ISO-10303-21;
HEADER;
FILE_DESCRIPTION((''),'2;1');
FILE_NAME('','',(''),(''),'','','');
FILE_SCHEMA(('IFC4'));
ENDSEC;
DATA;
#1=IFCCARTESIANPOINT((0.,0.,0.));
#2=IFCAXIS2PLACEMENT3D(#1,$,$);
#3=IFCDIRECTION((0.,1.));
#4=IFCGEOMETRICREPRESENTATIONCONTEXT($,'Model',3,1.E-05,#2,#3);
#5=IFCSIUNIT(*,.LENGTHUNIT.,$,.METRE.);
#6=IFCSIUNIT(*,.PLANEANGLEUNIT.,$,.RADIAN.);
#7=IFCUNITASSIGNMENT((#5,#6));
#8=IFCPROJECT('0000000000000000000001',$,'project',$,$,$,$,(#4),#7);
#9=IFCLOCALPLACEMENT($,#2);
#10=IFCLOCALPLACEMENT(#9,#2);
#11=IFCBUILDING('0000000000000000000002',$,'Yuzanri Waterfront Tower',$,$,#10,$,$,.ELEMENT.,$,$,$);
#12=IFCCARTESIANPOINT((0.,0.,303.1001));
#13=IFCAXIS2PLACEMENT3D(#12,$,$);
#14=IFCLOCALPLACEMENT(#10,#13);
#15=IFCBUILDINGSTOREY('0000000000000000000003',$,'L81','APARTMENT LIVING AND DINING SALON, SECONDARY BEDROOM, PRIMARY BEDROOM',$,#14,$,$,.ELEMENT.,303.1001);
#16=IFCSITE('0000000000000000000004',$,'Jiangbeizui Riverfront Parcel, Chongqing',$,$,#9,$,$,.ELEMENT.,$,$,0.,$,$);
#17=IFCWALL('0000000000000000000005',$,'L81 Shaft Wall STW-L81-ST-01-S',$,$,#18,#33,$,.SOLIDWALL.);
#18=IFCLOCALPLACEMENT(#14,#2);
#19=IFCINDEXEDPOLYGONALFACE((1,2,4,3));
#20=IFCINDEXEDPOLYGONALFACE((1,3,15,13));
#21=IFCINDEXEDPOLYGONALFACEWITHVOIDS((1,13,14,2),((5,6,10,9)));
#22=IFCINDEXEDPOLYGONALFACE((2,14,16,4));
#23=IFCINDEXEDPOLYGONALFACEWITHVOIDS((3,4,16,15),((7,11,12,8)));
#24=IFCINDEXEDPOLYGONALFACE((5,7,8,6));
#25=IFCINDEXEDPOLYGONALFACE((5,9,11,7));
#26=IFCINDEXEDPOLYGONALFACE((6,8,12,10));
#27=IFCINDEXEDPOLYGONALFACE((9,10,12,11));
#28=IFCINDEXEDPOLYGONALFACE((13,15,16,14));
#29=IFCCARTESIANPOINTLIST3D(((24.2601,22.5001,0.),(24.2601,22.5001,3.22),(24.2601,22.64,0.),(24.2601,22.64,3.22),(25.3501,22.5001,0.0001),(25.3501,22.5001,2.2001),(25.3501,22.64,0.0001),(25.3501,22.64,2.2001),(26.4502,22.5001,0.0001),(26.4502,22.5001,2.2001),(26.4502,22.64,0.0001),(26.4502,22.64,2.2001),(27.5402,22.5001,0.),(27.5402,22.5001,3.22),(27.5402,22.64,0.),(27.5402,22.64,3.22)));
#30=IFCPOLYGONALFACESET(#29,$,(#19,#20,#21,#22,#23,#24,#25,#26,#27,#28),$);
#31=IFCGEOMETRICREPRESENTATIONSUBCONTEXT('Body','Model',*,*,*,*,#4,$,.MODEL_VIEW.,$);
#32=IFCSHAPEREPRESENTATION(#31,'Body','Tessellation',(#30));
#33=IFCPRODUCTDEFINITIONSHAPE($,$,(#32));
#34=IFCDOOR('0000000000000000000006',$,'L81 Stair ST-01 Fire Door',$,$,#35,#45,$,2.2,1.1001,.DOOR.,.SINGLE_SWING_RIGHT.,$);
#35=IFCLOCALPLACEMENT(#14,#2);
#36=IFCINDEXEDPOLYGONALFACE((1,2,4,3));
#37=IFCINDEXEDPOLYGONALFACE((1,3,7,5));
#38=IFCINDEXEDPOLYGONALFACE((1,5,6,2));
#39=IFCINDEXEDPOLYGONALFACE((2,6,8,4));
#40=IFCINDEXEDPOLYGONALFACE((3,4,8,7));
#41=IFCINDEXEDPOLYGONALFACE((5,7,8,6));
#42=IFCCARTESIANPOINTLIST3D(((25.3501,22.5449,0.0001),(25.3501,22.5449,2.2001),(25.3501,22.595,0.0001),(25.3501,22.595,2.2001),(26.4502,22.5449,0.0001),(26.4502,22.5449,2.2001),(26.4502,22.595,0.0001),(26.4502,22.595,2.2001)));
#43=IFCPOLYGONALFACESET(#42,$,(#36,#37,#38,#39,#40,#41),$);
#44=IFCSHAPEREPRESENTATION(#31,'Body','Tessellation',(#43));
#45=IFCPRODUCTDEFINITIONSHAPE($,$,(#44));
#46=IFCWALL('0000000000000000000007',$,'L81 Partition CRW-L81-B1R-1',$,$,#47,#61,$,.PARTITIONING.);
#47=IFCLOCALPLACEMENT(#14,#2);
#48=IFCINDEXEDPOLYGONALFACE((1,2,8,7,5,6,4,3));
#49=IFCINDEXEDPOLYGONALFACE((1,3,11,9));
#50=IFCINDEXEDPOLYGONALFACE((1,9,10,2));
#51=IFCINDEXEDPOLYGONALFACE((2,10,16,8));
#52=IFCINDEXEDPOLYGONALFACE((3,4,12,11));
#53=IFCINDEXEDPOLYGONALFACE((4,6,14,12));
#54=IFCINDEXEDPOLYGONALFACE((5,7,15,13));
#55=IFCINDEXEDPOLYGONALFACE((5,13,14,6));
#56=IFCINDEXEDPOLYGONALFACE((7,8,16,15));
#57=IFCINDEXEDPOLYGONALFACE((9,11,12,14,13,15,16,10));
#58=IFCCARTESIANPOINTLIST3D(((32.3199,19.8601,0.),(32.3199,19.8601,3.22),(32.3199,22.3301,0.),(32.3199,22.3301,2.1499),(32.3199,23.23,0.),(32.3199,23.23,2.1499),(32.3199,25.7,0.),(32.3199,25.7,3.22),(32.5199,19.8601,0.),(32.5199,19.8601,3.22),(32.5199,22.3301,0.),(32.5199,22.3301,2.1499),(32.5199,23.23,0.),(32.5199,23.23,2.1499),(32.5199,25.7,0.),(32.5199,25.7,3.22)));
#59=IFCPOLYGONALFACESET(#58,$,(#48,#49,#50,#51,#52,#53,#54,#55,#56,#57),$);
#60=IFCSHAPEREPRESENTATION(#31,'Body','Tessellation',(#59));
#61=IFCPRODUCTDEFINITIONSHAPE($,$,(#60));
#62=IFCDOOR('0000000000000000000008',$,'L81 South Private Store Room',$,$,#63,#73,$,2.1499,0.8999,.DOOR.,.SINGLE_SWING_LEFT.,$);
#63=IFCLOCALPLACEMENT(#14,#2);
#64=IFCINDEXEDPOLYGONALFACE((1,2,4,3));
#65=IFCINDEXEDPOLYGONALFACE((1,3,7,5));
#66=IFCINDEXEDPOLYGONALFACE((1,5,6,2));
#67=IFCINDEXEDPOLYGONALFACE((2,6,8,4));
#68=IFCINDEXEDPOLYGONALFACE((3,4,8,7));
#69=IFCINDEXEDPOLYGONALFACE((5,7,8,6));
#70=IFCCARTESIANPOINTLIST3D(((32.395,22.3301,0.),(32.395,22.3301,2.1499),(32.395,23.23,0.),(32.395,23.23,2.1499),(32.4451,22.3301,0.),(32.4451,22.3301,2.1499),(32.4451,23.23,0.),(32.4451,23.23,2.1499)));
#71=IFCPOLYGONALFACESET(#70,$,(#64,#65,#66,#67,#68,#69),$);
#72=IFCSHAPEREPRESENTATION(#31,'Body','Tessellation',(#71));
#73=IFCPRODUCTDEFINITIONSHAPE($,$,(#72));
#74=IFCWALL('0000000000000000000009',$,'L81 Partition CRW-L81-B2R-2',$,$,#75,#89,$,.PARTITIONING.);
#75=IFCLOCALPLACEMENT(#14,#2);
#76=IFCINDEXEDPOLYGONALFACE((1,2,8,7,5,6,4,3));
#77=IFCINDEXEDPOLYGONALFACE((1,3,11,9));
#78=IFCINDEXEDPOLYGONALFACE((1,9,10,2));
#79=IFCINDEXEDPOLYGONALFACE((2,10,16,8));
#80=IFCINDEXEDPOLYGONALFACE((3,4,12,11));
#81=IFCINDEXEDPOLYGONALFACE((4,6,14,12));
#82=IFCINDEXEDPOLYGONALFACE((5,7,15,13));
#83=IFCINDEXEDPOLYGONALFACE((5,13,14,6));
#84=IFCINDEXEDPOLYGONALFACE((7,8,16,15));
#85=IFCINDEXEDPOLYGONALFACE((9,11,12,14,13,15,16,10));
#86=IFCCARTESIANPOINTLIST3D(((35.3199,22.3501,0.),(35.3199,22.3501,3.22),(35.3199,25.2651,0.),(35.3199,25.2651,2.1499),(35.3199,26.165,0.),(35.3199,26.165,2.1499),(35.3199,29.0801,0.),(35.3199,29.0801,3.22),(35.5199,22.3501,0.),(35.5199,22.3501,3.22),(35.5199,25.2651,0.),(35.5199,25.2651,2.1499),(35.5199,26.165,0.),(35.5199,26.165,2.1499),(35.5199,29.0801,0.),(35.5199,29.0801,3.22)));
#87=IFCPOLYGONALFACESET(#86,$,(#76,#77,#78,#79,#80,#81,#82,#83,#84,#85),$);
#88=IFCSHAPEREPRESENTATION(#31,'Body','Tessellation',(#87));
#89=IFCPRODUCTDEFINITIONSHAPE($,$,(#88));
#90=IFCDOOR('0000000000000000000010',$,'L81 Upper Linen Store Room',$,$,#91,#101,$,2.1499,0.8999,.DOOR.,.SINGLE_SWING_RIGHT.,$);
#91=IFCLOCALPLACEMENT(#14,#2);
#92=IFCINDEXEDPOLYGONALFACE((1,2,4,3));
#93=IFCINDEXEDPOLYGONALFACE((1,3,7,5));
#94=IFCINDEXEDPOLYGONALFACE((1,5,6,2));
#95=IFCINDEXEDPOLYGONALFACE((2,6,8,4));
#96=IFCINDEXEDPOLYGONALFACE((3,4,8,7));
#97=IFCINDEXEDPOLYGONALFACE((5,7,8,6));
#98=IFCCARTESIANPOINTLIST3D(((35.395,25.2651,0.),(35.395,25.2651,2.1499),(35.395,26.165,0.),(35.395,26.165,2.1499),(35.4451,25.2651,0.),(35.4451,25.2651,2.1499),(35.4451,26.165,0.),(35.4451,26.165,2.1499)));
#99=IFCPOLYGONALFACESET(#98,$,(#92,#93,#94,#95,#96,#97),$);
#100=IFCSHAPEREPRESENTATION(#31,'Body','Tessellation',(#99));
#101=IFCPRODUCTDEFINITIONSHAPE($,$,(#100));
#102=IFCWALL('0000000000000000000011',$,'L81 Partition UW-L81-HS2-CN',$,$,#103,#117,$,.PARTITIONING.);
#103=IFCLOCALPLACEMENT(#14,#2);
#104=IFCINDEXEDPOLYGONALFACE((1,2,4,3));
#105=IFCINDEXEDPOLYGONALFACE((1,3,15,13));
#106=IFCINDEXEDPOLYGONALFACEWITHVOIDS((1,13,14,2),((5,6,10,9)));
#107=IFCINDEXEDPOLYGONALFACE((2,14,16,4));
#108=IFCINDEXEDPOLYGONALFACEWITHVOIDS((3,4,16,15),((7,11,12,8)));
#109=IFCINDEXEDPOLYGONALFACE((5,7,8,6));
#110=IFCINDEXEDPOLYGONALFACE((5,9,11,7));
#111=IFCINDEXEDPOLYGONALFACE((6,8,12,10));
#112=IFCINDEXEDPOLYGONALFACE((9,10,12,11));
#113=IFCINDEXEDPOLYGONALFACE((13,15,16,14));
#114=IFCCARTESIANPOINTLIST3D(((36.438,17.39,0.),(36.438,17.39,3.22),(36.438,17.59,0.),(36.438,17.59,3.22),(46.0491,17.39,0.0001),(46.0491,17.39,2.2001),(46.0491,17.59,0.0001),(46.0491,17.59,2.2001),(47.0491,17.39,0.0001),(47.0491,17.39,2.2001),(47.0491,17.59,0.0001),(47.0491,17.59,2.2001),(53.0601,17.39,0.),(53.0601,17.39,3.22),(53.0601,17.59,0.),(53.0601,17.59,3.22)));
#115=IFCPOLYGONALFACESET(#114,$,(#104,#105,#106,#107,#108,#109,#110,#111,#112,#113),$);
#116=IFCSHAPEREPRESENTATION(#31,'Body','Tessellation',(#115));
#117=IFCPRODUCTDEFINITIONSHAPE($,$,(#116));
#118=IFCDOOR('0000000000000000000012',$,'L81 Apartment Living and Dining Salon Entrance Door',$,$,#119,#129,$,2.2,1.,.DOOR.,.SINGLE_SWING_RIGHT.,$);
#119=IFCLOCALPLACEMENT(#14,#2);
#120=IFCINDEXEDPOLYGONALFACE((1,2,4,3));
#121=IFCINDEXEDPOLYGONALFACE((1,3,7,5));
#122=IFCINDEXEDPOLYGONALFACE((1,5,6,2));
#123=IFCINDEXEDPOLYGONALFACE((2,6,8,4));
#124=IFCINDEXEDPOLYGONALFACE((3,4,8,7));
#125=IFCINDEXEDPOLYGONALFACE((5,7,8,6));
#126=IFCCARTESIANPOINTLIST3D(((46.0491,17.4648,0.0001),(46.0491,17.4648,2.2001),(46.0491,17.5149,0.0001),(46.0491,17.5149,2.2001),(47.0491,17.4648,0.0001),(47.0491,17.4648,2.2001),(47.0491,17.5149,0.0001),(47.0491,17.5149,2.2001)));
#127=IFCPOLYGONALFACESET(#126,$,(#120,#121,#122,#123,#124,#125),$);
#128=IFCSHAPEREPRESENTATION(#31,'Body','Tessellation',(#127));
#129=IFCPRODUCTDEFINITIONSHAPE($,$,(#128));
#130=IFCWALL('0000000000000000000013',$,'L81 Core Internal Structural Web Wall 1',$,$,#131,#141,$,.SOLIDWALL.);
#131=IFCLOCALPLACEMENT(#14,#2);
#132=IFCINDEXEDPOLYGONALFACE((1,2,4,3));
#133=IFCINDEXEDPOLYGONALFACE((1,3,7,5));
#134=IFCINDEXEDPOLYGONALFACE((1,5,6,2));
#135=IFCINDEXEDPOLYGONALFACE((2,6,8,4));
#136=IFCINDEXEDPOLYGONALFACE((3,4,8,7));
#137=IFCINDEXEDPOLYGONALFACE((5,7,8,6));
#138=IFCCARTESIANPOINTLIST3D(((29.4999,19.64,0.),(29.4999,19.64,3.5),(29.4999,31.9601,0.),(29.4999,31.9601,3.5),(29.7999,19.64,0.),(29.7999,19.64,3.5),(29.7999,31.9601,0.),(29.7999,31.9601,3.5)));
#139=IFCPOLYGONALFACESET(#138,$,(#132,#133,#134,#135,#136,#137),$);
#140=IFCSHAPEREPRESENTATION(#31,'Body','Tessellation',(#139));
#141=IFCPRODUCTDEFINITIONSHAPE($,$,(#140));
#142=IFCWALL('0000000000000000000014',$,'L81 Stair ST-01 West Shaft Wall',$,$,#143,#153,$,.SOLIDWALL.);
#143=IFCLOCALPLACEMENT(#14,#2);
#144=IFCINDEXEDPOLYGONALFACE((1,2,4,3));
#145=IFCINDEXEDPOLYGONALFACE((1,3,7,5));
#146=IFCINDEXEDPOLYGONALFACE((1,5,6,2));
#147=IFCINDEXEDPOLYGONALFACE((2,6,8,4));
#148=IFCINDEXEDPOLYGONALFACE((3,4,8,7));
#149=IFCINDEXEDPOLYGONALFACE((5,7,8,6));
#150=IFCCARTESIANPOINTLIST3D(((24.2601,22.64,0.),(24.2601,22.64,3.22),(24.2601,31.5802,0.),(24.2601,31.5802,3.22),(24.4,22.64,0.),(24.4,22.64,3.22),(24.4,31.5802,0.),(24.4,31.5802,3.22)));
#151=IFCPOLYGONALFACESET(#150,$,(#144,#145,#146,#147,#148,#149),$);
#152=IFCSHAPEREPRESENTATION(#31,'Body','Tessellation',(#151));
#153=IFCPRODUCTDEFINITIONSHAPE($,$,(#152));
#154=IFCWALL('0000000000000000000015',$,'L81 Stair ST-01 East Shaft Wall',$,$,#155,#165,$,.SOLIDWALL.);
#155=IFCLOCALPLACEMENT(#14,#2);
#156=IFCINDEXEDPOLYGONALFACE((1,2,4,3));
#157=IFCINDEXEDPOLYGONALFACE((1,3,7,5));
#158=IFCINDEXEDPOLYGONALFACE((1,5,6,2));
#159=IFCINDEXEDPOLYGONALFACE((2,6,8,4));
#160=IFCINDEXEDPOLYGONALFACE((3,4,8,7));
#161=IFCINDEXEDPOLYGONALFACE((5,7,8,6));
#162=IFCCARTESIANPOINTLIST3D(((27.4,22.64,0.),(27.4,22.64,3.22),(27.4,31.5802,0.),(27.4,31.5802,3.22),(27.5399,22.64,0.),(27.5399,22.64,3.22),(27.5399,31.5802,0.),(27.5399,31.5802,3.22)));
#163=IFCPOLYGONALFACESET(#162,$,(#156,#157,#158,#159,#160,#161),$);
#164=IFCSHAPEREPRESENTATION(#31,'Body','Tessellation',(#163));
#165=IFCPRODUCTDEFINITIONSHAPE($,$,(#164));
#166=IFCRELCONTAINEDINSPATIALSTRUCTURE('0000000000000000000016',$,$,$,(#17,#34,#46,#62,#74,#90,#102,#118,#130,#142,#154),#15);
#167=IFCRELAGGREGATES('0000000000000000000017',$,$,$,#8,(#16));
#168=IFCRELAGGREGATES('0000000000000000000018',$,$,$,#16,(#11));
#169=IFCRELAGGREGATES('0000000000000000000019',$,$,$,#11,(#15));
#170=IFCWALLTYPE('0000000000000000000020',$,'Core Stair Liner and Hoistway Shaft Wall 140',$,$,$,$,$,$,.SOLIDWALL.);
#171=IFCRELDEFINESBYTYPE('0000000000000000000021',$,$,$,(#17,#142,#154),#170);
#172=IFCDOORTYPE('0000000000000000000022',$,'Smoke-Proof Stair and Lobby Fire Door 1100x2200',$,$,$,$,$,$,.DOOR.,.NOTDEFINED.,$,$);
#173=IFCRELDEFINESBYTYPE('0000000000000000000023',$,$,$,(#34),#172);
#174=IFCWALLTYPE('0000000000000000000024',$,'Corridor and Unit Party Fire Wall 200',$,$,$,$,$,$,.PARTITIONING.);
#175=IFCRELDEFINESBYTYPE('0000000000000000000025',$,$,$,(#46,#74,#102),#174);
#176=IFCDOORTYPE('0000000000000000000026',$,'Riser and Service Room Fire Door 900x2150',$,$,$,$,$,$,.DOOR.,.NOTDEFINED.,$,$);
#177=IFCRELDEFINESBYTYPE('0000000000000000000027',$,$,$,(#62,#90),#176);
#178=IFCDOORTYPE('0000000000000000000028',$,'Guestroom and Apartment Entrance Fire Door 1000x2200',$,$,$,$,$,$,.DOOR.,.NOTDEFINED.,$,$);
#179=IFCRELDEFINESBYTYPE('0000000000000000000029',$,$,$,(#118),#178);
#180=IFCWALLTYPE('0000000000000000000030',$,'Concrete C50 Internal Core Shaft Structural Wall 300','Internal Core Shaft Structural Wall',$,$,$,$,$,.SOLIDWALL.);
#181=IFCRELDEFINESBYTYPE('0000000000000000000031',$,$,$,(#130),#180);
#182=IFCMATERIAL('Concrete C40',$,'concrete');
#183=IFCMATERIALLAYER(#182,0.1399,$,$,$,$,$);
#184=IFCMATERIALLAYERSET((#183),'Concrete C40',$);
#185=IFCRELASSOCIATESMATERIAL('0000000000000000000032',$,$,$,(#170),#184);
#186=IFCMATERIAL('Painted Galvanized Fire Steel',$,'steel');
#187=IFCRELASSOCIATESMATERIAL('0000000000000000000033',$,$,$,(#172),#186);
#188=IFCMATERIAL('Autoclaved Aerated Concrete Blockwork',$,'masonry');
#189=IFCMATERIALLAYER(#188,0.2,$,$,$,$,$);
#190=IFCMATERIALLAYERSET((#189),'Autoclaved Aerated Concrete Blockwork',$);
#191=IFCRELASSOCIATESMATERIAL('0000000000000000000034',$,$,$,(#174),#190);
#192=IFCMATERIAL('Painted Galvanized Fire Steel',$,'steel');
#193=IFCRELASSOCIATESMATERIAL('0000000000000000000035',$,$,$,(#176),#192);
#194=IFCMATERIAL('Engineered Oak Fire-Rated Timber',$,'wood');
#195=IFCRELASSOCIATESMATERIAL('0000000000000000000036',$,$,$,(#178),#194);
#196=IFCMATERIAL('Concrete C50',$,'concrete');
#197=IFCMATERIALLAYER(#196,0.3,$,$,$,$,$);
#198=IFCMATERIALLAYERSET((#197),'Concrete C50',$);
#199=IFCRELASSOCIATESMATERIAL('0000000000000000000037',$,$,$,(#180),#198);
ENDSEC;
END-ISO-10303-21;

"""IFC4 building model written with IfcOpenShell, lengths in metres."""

from ifc_helpers import new_model, si_unit, direction, frame, frame_2d, origin, place, context, subcontext, project, spatial, rectangle, extrude, source, transform, mapped, material, layer, layer_set, type_object, element, fill, save


model = new_model("IFC4")

# Units and contexts
model_context = context("Model", 3, precision=1e-05, world=origin(), true_north=direction((0.0, 1.0)))
body_context = subcontext(model_context, "Body", "Model", "MODEL_VIEW")
ifc_project = project(units=[si_unit("LENGTHUNIT", "METRE"), si_unit("PLANEANGLEUNIT", "RADIAN")], contexts=[model_context])

# Site, building, storey
site_placement = place(None, origin())
site = spatial("IfcSite", under=ifc_project, at=site_placement, Name="Jiangbeizui Riverfront Parcel, Chongqing", CompositionType="ELEMENT", RefElevation=0.0)
building_placement = place(site_placement, origin())
building = spatial("IfcBuilding", under=site, at=building_placement, Name="Yuzanri Waterfront Tower", CompositionType="ELEMENT")
storey_placement = place(building_placement, frame((0.0, 0.0, 303.1001)))
storey = spatial("IfcBuildingStorey", under=building, at=storey_placement, Name="L81", Description="APARTMENT LIVING AND DINING SALON, SECONDARY BEDROOM, PRIMARY BEDROOM", CompositionType="ELEMENT", Elevation=303.1001)

# Walls, openings, doors
ifc_material_1 = material(Name="Concrete C40", Category="concrete")
ifc_layer_1 = layer(ifc_material_1, 0.1399)
ifc_layer_set_1 = layer_set([ifc_layer_1], Name="Concrete C40")
wall_type_1 = type_object("IfcWallType", Name="Core Stair Liner and Hoistway Shaft Wall 140", PredefinedType="SOLIDWALL", material=ifc_layer_set_1)
wall_1_placement = place(storey_placement, frame((24.26, 22.5701, 0.0), z_axis=(0.0, 0.0, 1.0), x_axis=(1.0, 0.0, 0.0)))
wall_1 = element("IfcWall", 1, at=wall_1_placement, inside=storey, type_object=wall_type_1, Name="L81 Shaft Wall STW-L81-ST-01-S", PredefinedType="SOLIDWALL", context=body_context, shape_type="SweptSolid", body=[
    extrude(rectangle(XDim=3.28, YDim=0.1399, at=frame_2d((1.6401, 0.0))), origin(), (0.0, 0.0, 1.0), 3.22),
])
opening_1_placement = place(wall_1_placement, frame((1.0901, 0.0, 0.0)))
opening_1 = element("IfcOpeningElement", 2, at=opening_1_placement, cuts=wall_1, PredefinedType="OPENING", context=body_context, shape_type="SweptSolid", body=[
    extrude(rectangle(XDim=1.1001, YDim=2.2, at=frame_2d((0.55, 1.1001))), frame((0.0, 0.085, 0.0), z_axis=(0.0, -1.0, 0.0), x_axis=(1.0, 0.0, 0.0)), (0.0, 0.0, 1.0), 0.1697),
])
ifc_material_2 = material(Name="Painted Galvanized Fire Steel", Category="steel")
door_type_1 = type_object("IfcDoorType", Name="Smoke-Proof Stair and Lobby Fire Door 1100x2200", OperationType="NOTDEFINED", PredefinedType="DOOR", material=ifc_material_2)
shared_shape_1 = source(origin(), body_context, "Body", "SweptSolid", [
    extrude(rectangle(XDim=1.1001, YDim=2.2, at=frame_2d((0.55, 1.1001))), frame((0.0, 0.0249, 0.0), z_axis=(0.0, -1.0, 0.0), x_axis=(1.0, 0.0, 0.0)), (0.0, 0.0, 1.0), 0.05),
])
door_1_placement = place(opening_1_placement, origin())
door_1 = element("IfcDoor", 3, at=door_1_placement, inside=storey, type_object=door_type_1, Name="L81 Stair ST-01 Fire Door", OperationType="SINGLE_SWING_RIGHT", OverallHeight=2.2, OverallWidth=1.1001, PredefinedType="DOOR", context=body_context, shape_type="MappedRepresentation", body=[
    mapped(shared_shape_1, transform((0.0, 0.0, 0.0), scale=1.0)),
])
fill(opening_1, door_1)
ifc_material_3 = material(Name="Autoclaved Aerated Concrete Blockwork", Category="masonry")
ifc_layer_2 = layer(ifc_material_3, 0.2)
ifc_layer_set_2 = layer_set([ifc_layer_2], Name="Autoclaved Aerated Concrete Blockwork")
wall_type_2 = type_object("IfcWallType", Name="Corridor and Unit Party Fire Wall 200", PredefinedType="PARTITIONING", material=ifc_layer_set_2)
wall_2_placement = place(storey_placement, frame((32.4199, 19.8601, 0.0), z_axis=(0.0, 0.0, 1.0), x_axis=(0.0, 1.0, 0.0)))
wall_2 = element("IfcWall", 4, at=wall_2_placement, inside=storey, type_object=wall_type_2, Name="L81 Partition CRW-L81-B1R-1", PredefinedType="PARTITIONING", context=body_context, shape_type="SweptSolid", body=[
    extrude(rectangle(XDim=5.8398, YDim=0.2, at=frame_2d((2.9199, 0.0))), origin(), (0.0, 0.0, 1.0), 3.22),
])
opening_2_placement = place(wall_2_placement, frame((2.47, 0.0, 0.0)))
opening_2 = element("IfcOpeningElement", 5, at=opening_2_placement, cuts=wall_2, PredefinedType="OPENING", context=body_context, shape_type="SweptSolid", body=[
    extrude(rectangle(XDim=0.8999, YDim=2.1499, at=frame_2d((0.45, 1.075))), frame((0.0, 0.1147, 0.0), z_axis=(0.0, -1.0, 0.0), x_axis=(1.0, 0.0, 0.0)), (0.0, 0.0, 1.0), 0.2297),
])
ifc_material_4 = material(Name="Painted Galvanized Fire Steel", Category="steel")
door_type_2 = type_object("IfcDoorType", Name="Riser and Service Room Fire Door 900x2150", OperationType="NOTDEFINED", PredefinedType="DOOR", material=ifc_material_4)
shared_shape_2 = source(origin(), body_context, "Body", "SweptSolid", [
    extrude(rectangle(XDim=0.8999, YDim=2.1499, at=frame_2d((0.45, 1.075))), frame((0.0, 0.0249, 0.0), z_axis=(0.0, -1.0, 0.0), x_axis=(1.0, 0.0, 0.0)), (0.0, 0.0, 1.0), 0.05),
])
door_2_placement = place(opening_2_placement, origin())
door_2 = element("IfcDoor", 6, at=door_2_placement, inside=storey, type_object=door_type_2, Name="L81 South Private Store Room", OperationType="SINGLE_SWING_LEFT", OverallHeight=2.1499, OverallWidth=0.8999, PredefinedType="DOOR", context=body_context, shape_type="MappedRepresentation", body=[
    mapped(shared_shape_2, transform((0.0, 0.0, 0.0), scale=1.0)),
])
fill(opening_2, door_2)
wall_3_placement = place(storey_placement, frame((35.4199, 22.3501, 0.0), z_axis=(0.0, 0.0, 1.0), x_axis=(0.0, 1.0, 0.0)))
wall_3 = element("IfcWall", 7, at=wall_3_placement, inside=storey, type_object=wall_type_2, Name="L81 Partition CRW-L81-B2R-2", PredefinedType="PARTITIONING", context=body_context, shape_type="SweptSolid", body=[
    extrude(rectangle(XDim=6.73, YDim=0.2, at=frame_2d((3.365, 0.0))), origin(), (0.0, 0.0, 1.0), 3.22),
])
opening_3_placement = place(wall_3_placement, frame((2.915, 0.0, 0.0)))
opening_3 = element("IfcOpeningElement", 8, at=opening_3_placement, cuts=wall_3, PredefinedType="OPENING", context=body_context, shape_type="SweptSolid", body=[
    extrude(rectangle(XDim=0.8999, YDim=2.1499, at=frame_2d((0.45, 1.075))), frame((0.0, 0.1147, 0.0), z_axis=(0.0, -1.0, 0.0), x_axis=(1.0, 0.0, 0.0)), (0.0, 0.0, 1.0), 0.2297),
])
door_3_placement = place(opening_3_placement, origin())
door_3 = element("IfcDoor", 9, at=door_3_placement, inside=storey, type_object=door_type_2, Name="L81 Upper Linen Store Room", OperationType="SINGLE_SWING_RIGHT", OverallHeight=2.1499, OverallWidth=0.8999, PredefinedType="DOOR", context=body_context, shape_type="MappedRepresentation", body=[
    mapped(shared_shape_2, transform((0.0, 0.0, 0.0), scale=1.0)),
])
fill(opening_3, door_3)
wall_4_placement = place(storey_placement, frame((36.438, 17.49, 0.0), z_axis=(0.0, 0.0, 1.0), x_axis=(1.0, 0.0, 0.0)))
wall_4 = element("IfcWall", 10, at=wall_4_placement, inside=storey, type_object=wall_type_2, Name="L81 Partition UW-L81-HS2-CN", PredefinedType="PARTITIONING", context=body_context, shape_type="SweptSolid", body=[
    extrude(rectangle(XDim=16.6221, YDim=0.2, at=frame_2d((8.311, 0.0))), origin(), (0.0, 0.0, 1.0), 3.22),
])
opening_4_placement = place(wall_4_placement, frame((9.6111, 0.0, 0.0)))
opening_4 = element("IfcOpeningElement", 11, at=opening_4_placement, cuts=wall_4, PredefinedType="OPENING", context=body_context, shape_type="SweptSolid", body=[
    extrude(rectangle(XDim=1.0, YDim=2.2, at=frame_2d((0.5, 1.1001))), frame((0.0, 0.1147, 0.0), z_axis=(0.0, -1.0, 0.0), x_axis=(1.0, 0.0, 0.0)), (0.0, 0.0, 1.0), 0.2297),
])
ifc_material_5 = material(Name="Engineered Oak Fire-Rated Timber", Category="wood")
door_type_3 = type_object("IfcDoorType", Name="Guestroom and Apartment Entrance Fire Door 1000x2200", OperationType="NOTDEFINED", PredefinedType="DOOR", material=ifc_material_5)
shared_shape_3 = source(origin(), body_context, "Body", "SweptSolid", [
    extrude(rectangle(XDim=1.0, YDim=2.2, at=frame_2d((0.5, 1.1001))), frame((0.0, 0.0249, 0.0), z_axis=(0.0, -1.0, 0.0), x_axis=(1.0, 0.0, 0.0)), (0.0, 0.0, 1.0), 0.05),
])
door_4_placement = place(opening_4_placement, origin())
door_4 = element("IfcDoor", 12, at=door_4_placement, inside=storey, type_object=door_type_3, Name="L81 Apartment Living and Dining Salon Entrance Door", OperationType="SINGLE_SWING_RIGHT", OverallHeight=2.2, OverallWidth=1.0, PredefinedType="DOOR", context=body_context, shape_type="MappedRepresentation", body=[
    mapped(shared_shape_3, transform((0.0, 0.0, 0.0), scale=1.0)),
])
fill(opening_4, door_4)

# Walls
ifc_material_6 = material(Name="Concrete C50", Category="concrete")
ifc_layer_3 = layer(ifc_material_6, 0.3)
ifc_layer_set_3 = layer_set([ifc_layer_3], Name="Concrete C50")
wall_type_3 = type_object("IfcWallType", Name="Concrete C50 Internal Core Shaft Structural Wall 300", Description="Internal Core Shaft Structural Wall", PredefinedType="SOLIDWALL", material=ifc_layer_set_3)
shared_shape_4 = source(origin(), body_context, "Body", "SweptSolid", [
    extrude(rectangle(XDim=12.3201, YDim=0.3, at=frame_2d((6.1602, 0.0))), origin(), (0.0, 0.0, 1.0), 3.5),
])
wall_5_placement = place(storey_placement, frame((29.6499, 19.6399, 0.0), z_axis=(0.0, 0.0, 1.0), x_axis=(0.0, 1.0, 0.0)))
element("IfcWall", 13, at=wall_5_placement, inside=storey, type_object=wall_type_3, Name="L81 Core Internal Structural Web Wall 1", PredefinedType="SOLIDWALL", context=body_context, shape_type="MappedRepresentation", body=[
    mapped(shared_shape_4, transform((0.0, 0.0, 0.0), scale=1.0)),
])
shared_shape_5 = source(origin(), body_context, "Body", "SweptSolid", [
    extrude(rectangle(XDim=8.9402, YDim=0.1399, at=frame_2d((4.4702, 0.0))), origin(), (0.0, 0.0, 1.0), 3.22),
])
for number, where, z_axis, x_axis, name in (
    (14, (24.3301, 22.6399, 0.0), (0.0, 0.0, 1.0), (0.0, 1.0, 0.0), "L81 Stair ST-01 West Shaft Wall"),
    (15, (27.47, 22.6399, 0.0), (0.0, 0.0, 1.0), (0.0, 1.0, 0.0), "L81 Stair ST-01 East Shaft Wall"),
):
    element("IfcWall", number, at=place(storey_placement, frame(where, z_axis=z_axis, x_axis=x_axis)), inside=storey, type_object=wall_type_1, Name=name, PredefinedType="SOLIDWALL", context=body_context, shape_type="MappedRepresentation", body=[
        mapped(shared_shape_5, transform((0.0, 0.0, 0.0), scale=1.0)),
    ])

save(model, "model.ifc")
